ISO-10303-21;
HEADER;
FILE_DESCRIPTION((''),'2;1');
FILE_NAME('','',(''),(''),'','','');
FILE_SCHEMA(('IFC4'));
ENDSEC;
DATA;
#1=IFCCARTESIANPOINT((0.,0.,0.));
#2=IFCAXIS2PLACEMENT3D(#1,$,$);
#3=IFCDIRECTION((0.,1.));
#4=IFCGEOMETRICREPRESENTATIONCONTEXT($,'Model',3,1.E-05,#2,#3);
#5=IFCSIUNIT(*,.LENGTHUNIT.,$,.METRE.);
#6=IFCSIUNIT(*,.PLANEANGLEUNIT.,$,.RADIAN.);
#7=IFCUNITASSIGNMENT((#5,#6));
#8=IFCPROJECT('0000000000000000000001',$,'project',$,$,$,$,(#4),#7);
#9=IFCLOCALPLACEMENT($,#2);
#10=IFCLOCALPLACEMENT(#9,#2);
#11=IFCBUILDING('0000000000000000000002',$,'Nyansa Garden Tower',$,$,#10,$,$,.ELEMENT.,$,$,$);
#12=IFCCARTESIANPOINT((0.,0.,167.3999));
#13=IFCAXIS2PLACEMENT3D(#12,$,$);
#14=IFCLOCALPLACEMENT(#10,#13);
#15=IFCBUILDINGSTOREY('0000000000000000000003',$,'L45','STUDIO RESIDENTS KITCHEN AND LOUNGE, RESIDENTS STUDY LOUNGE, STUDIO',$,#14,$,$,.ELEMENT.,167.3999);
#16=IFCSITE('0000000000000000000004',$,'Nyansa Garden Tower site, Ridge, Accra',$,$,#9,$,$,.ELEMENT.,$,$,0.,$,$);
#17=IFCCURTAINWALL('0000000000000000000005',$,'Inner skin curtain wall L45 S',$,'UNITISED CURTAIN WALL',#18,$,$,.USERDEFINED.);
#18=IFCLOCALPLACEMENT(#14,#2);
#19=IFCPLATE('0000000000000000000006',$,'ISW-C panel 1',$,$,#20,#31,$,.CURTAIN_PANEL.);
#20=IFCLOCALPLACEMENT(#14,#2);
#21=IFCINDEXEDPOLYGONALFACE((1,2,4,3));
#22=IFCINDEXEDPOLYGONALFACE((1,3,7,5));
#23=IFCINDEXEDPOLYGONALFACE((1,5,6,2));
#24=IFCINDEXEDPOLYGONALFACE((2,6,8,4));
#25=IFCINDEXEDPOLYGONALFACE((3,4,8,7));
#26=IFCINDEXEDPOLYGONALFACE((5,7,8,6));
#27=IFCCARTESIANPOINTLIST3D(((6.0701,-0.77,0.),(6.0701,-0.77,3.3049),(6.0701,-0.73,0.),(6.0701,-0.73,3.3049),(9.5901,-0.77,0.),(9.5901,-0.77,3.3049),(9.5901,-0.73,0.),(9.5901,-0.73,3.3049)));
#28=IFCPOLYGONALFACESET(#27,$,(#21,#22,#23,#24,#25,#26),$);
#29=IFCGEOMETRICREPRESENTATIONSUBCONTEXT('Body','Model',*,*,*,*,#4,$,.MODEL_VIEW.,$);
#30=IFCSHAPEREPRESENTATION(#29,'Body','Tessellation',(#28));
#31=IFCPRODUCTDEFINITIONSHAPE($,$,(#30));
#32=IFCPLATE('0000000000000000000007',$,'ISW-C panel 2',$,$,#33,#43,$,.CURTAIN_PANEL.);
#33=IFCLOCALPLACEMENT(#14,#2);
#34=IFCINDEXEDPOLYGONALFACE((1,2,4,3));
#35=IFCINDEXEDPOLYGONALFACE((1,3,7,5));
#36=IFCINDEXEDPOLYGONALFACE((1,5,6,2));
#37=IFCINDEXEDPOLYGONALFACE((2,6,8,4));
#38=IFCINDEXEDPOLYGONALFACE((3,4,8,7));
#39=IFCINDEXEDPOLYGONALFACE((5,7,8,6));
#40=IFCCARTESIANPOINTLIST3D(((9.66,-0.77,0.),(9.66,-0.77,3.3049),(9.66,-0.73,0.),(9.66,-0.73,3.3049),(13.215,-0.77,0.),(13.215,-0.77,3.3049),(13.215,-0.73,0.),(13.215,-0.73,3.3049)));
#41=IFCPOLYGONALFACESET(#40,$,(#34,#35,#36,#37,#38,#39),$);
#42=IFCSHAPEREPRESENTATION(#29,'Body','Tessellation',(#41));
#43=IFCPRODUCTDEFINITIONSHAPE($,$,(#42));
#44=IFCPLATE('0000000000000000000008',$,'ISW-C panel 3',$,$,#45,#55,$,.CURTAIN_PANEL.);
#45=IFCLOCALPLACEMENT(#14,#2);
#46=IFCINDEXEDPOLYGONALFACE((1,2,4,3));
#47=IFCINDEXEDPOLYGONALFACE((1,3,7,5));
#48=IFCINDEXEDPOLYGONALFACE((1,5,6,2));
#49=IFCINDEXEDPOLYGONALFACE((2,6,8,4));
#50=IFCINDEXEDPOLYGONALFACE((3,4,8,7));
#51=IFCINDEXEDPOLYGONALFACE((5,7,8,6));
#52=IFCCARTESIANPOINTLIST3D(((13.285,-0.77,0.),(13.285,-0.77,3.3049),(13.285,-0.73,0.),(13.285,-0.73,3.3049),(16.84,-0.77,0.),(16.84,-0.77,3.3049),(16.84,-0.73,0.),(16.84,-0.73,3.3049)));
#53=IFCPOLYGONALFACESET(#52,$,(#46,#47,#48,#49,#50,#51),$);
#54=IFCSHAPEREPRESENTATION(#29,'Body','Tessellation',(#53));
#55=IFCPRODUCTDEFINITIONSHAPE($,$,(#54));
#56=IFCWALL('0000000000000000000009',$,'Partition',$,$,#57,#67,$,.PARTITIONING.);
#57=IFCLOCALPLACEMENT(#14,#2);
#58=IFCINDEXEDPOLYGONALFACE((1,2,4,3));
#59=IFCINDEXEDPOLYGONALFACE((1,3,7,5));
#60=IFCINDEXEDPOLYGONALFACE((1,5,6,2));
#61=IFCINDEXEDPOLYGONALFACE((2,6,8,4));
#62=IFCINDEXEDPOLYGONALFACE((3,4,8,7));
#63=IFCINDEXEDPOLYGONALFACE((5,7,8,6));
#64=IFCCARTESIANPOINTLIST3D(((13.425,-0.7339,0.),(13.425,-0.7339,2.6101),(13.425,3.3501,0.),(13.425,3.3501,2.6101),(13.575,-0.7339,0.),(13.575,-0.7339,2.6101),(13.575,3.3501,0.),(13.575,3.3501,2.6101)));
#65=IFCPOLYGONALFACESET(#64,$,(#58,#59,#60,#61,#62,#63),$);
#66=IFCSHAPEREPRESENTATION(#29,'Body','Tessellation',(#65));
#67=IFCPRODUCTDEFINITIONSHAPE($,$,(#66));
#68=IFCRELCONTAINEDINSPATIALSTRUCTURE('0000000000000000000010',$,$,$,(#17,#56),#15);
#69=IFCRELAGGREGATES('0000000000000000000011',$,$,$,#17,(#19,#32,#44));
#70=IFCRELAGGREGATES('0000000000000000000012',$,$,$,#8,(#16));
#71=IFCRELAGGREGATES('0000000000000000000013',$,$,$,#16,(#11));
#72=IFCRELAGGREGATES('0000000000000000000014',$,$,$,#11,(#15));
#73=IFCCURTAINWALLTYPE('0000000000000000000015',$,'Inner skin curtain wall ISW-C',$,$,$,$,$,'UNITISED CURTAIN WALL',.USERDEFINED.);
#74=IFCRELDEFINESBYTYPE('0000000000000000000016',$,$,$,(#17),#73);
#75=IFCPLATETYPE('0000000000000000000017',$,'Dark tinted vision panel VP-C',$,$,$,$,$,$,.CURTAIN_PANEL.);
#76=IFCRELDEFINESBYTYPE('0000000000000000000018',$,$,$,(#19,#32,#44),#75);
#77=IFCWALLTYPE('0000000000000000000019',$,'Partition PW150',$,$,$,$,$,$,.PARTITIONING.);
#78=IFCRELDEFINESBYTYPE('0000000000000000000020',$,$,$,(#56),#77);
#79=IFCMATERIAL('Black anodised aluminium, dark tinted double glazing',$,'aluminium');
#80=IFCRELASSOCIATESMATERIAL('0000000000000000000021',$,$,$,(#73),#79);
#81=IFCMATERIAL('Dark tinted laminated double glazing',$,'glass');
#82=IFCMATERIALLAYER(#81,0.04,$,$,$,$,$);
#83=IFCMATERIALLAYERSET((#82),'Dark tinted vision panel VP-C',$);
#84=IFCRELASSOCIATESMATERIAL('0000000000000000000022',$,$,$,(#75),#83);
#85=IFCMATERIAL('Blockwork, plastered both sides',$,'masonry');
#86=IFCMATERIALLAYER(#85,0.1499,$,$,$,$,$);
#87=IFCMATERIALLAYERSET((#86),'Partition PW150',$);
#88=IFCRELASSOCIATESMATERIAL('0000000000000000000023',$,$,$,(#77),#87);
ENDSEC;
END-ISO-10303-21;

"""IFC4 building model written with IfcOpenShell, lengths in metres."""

from ifc_helpers import new_model, si_unit, direction, frame, frame_2d, origin, origin_2d, place, context, subcontext, project, spatial, rectangle, extrude, material, layer, layer_set, type_object, element, aggregate, save


model = new_model("IFC4")

# Units and contexts
model_context = context("Model", 3, precision=1e-05, world=origin(), true_north=direction((0.0, 1.0)))
body_context = subcontext(model_context, "Body", "Model", "MODEL_VIEW")
ifc_project = project(units=[si_unit("LENGTHUNIT", "METRE"), si_unit("PLANEANGLEUNIT", "RADIAN")], contexts=[model_context])

# Site, building, storey
site_placement = place(None, origin())
site = spatial("IfcSite", under=ifc_project, at=site_placement, Name="Nyansa Garden Tower site, Ridge, Accra", CompositionType="ELEMENT", RefElevation=0.0)
building_placement = place(site_placement, origin())
building = spatial("IfcBuilding", under=site, at=building_placement, Name="Nyansa Garden Tower", CompositionType="ELEMENT")
storey_placement = place(building_placement, frame((0.0, 0.0, 167.3999)))
storey = spatial("IfcBuildingStorey", under=building, at=storey_placement, Name="L45", Description="STUDIO RESIDENTS KITCHEN AND LOUNGE, RESIDENTS STUDY LOUNGE, STUDIO", CompositionType="ELEMENT", Elevation=167.3999)

# Curtain wall
ifc_material_1 = material(Name="Black anodised aluminium, dark tinted double glazing", Category="aluminium")
curtain_wall_type = type_object("IfcCurtainWallType", Name="Inner skin curtain wall ISW-C", ElementType="UNITISED CURTAIN WALL", PredefinedType="USERDEFINED", material=ifc_material_1)
curtain_wall_placement = place(storey_placement, origin())
curtain_wall = element("IfcCurtainWall", 1, at=curtain_wall_placement, inside=storey, type_object=curtain_wall_type, Name="Inner skin curtain wall L45 S", ObjectType="UNITISED CURTAIN WALL", PredefinedType="USERDEFINED")

# Plates
ifc_material_2 = material(Name="Dark tinted laminated double glazing", Category="glass")
ifc_layer_1 = layer(ifc_material_2, 0.04)
ifc_layer_set_1 = layer_set([ifc_layer_1], Name="Dark tinted vision panel VP-C")
plate_type = type_object("IfcPlateType", Name="Dark tinted vision panel VP-C", PredefinedType="CURTAIN_PANEL", material=ifc_layer_set_1)
plate_1_placement = place(storey_placement, frame((7.8301, -0.75, 0.0), z_axis=(0.0, 0.0, 1.0), x_axis=(1.0, 0.0, 0.0)))
plate_1 = element("IfcPlate", 2, at=plate_1_placement, type_object=plate_type, Name="ISW-C panel 1", PredefinedType="CURTAIN_PANEL", context=body_context, shape_type="SweptSolid", body=[
    extrude(rectangle(XDim=3.52, YDim=0.04, at=origin_2d()), origin(), (0.0, 0.0, 1.0), 3.3049),
])
plate_2_placement = place(storey_placement, frame((11.4375, -0.75, 0.0), z_axis=(0.0, 0.0, 1.0), x_axis=(1.0, 0.0, 0.0)))
plate_2 = element("IfcPlate", 3, at=plate_2_placement, type_object=plate_type, Name="ISW-C panel 2", PredefinedType="CURTAIN_PANEL", context=body_context, shape_type="SweptSolid", body=[
    extrude(rectangle(XDim=3.5549, YDim=0.04, at=origin_2d()), origin(), (0.0, 0.0, 1.0), 3.3049),
])
plate_3_placement = place(storey_placement, frame((15.0625, -0.75, 0.0), z_axis=(0.0, 0.0, 1.0), x_axis=(1.0, 0.0, 0.0)))
plate_3 = element("IfcPlate", 4, at=plate_3_placement, type_object=plate_type, Name="ISW-C panel 3", PredefinedType="CURTAIN_PANEL", context=body_context, shape_type="SweptSolid", body=[
    extrude(rectangle(XDim=3.5549, YDim=0.04, at=origin_2d()), origin(), (0.0, 0.0, 1.0), 3.3049),
])
aggregate(curtain_wall, [plate_1, plate_2, plate_3])

# Wall
ifc_material_3 = material(Name="Blockwork, plastered both sides", Category="masonry")
ifc_layer_2 = layer(ifc_material_3, 0.1499)
ifc_layer_set_2 = layer_set([ifc_layer_2], Name="Partition PW150")
wall_type = type_object("IfcWallType", Name="Partition PW150", PredefinedType="PARTITIONING", material=ifc_layer_set_2)
wall_placement = place(storey_placement, frame((13.5, -0.7339, 0.0), z_axis=(0.0, 0.0, 1.0), x_axis=(0.0, 1.0, 0.0)))
element("IfcWall", 5, at=wall_placement, inside=storey, type_object=wall_type, Name="Partition", PredefinedType="PARTITIONING", context=body_context, shape_type="SweptSolid", body=[
    extrude(rectangle(XDim=4.084, YDim=0.1499, at=frame_2d((2.042, 0.0))), origin(), (0.0, 0.0, 1.0), 2.6101),
])

save(model, "model.ifc")
